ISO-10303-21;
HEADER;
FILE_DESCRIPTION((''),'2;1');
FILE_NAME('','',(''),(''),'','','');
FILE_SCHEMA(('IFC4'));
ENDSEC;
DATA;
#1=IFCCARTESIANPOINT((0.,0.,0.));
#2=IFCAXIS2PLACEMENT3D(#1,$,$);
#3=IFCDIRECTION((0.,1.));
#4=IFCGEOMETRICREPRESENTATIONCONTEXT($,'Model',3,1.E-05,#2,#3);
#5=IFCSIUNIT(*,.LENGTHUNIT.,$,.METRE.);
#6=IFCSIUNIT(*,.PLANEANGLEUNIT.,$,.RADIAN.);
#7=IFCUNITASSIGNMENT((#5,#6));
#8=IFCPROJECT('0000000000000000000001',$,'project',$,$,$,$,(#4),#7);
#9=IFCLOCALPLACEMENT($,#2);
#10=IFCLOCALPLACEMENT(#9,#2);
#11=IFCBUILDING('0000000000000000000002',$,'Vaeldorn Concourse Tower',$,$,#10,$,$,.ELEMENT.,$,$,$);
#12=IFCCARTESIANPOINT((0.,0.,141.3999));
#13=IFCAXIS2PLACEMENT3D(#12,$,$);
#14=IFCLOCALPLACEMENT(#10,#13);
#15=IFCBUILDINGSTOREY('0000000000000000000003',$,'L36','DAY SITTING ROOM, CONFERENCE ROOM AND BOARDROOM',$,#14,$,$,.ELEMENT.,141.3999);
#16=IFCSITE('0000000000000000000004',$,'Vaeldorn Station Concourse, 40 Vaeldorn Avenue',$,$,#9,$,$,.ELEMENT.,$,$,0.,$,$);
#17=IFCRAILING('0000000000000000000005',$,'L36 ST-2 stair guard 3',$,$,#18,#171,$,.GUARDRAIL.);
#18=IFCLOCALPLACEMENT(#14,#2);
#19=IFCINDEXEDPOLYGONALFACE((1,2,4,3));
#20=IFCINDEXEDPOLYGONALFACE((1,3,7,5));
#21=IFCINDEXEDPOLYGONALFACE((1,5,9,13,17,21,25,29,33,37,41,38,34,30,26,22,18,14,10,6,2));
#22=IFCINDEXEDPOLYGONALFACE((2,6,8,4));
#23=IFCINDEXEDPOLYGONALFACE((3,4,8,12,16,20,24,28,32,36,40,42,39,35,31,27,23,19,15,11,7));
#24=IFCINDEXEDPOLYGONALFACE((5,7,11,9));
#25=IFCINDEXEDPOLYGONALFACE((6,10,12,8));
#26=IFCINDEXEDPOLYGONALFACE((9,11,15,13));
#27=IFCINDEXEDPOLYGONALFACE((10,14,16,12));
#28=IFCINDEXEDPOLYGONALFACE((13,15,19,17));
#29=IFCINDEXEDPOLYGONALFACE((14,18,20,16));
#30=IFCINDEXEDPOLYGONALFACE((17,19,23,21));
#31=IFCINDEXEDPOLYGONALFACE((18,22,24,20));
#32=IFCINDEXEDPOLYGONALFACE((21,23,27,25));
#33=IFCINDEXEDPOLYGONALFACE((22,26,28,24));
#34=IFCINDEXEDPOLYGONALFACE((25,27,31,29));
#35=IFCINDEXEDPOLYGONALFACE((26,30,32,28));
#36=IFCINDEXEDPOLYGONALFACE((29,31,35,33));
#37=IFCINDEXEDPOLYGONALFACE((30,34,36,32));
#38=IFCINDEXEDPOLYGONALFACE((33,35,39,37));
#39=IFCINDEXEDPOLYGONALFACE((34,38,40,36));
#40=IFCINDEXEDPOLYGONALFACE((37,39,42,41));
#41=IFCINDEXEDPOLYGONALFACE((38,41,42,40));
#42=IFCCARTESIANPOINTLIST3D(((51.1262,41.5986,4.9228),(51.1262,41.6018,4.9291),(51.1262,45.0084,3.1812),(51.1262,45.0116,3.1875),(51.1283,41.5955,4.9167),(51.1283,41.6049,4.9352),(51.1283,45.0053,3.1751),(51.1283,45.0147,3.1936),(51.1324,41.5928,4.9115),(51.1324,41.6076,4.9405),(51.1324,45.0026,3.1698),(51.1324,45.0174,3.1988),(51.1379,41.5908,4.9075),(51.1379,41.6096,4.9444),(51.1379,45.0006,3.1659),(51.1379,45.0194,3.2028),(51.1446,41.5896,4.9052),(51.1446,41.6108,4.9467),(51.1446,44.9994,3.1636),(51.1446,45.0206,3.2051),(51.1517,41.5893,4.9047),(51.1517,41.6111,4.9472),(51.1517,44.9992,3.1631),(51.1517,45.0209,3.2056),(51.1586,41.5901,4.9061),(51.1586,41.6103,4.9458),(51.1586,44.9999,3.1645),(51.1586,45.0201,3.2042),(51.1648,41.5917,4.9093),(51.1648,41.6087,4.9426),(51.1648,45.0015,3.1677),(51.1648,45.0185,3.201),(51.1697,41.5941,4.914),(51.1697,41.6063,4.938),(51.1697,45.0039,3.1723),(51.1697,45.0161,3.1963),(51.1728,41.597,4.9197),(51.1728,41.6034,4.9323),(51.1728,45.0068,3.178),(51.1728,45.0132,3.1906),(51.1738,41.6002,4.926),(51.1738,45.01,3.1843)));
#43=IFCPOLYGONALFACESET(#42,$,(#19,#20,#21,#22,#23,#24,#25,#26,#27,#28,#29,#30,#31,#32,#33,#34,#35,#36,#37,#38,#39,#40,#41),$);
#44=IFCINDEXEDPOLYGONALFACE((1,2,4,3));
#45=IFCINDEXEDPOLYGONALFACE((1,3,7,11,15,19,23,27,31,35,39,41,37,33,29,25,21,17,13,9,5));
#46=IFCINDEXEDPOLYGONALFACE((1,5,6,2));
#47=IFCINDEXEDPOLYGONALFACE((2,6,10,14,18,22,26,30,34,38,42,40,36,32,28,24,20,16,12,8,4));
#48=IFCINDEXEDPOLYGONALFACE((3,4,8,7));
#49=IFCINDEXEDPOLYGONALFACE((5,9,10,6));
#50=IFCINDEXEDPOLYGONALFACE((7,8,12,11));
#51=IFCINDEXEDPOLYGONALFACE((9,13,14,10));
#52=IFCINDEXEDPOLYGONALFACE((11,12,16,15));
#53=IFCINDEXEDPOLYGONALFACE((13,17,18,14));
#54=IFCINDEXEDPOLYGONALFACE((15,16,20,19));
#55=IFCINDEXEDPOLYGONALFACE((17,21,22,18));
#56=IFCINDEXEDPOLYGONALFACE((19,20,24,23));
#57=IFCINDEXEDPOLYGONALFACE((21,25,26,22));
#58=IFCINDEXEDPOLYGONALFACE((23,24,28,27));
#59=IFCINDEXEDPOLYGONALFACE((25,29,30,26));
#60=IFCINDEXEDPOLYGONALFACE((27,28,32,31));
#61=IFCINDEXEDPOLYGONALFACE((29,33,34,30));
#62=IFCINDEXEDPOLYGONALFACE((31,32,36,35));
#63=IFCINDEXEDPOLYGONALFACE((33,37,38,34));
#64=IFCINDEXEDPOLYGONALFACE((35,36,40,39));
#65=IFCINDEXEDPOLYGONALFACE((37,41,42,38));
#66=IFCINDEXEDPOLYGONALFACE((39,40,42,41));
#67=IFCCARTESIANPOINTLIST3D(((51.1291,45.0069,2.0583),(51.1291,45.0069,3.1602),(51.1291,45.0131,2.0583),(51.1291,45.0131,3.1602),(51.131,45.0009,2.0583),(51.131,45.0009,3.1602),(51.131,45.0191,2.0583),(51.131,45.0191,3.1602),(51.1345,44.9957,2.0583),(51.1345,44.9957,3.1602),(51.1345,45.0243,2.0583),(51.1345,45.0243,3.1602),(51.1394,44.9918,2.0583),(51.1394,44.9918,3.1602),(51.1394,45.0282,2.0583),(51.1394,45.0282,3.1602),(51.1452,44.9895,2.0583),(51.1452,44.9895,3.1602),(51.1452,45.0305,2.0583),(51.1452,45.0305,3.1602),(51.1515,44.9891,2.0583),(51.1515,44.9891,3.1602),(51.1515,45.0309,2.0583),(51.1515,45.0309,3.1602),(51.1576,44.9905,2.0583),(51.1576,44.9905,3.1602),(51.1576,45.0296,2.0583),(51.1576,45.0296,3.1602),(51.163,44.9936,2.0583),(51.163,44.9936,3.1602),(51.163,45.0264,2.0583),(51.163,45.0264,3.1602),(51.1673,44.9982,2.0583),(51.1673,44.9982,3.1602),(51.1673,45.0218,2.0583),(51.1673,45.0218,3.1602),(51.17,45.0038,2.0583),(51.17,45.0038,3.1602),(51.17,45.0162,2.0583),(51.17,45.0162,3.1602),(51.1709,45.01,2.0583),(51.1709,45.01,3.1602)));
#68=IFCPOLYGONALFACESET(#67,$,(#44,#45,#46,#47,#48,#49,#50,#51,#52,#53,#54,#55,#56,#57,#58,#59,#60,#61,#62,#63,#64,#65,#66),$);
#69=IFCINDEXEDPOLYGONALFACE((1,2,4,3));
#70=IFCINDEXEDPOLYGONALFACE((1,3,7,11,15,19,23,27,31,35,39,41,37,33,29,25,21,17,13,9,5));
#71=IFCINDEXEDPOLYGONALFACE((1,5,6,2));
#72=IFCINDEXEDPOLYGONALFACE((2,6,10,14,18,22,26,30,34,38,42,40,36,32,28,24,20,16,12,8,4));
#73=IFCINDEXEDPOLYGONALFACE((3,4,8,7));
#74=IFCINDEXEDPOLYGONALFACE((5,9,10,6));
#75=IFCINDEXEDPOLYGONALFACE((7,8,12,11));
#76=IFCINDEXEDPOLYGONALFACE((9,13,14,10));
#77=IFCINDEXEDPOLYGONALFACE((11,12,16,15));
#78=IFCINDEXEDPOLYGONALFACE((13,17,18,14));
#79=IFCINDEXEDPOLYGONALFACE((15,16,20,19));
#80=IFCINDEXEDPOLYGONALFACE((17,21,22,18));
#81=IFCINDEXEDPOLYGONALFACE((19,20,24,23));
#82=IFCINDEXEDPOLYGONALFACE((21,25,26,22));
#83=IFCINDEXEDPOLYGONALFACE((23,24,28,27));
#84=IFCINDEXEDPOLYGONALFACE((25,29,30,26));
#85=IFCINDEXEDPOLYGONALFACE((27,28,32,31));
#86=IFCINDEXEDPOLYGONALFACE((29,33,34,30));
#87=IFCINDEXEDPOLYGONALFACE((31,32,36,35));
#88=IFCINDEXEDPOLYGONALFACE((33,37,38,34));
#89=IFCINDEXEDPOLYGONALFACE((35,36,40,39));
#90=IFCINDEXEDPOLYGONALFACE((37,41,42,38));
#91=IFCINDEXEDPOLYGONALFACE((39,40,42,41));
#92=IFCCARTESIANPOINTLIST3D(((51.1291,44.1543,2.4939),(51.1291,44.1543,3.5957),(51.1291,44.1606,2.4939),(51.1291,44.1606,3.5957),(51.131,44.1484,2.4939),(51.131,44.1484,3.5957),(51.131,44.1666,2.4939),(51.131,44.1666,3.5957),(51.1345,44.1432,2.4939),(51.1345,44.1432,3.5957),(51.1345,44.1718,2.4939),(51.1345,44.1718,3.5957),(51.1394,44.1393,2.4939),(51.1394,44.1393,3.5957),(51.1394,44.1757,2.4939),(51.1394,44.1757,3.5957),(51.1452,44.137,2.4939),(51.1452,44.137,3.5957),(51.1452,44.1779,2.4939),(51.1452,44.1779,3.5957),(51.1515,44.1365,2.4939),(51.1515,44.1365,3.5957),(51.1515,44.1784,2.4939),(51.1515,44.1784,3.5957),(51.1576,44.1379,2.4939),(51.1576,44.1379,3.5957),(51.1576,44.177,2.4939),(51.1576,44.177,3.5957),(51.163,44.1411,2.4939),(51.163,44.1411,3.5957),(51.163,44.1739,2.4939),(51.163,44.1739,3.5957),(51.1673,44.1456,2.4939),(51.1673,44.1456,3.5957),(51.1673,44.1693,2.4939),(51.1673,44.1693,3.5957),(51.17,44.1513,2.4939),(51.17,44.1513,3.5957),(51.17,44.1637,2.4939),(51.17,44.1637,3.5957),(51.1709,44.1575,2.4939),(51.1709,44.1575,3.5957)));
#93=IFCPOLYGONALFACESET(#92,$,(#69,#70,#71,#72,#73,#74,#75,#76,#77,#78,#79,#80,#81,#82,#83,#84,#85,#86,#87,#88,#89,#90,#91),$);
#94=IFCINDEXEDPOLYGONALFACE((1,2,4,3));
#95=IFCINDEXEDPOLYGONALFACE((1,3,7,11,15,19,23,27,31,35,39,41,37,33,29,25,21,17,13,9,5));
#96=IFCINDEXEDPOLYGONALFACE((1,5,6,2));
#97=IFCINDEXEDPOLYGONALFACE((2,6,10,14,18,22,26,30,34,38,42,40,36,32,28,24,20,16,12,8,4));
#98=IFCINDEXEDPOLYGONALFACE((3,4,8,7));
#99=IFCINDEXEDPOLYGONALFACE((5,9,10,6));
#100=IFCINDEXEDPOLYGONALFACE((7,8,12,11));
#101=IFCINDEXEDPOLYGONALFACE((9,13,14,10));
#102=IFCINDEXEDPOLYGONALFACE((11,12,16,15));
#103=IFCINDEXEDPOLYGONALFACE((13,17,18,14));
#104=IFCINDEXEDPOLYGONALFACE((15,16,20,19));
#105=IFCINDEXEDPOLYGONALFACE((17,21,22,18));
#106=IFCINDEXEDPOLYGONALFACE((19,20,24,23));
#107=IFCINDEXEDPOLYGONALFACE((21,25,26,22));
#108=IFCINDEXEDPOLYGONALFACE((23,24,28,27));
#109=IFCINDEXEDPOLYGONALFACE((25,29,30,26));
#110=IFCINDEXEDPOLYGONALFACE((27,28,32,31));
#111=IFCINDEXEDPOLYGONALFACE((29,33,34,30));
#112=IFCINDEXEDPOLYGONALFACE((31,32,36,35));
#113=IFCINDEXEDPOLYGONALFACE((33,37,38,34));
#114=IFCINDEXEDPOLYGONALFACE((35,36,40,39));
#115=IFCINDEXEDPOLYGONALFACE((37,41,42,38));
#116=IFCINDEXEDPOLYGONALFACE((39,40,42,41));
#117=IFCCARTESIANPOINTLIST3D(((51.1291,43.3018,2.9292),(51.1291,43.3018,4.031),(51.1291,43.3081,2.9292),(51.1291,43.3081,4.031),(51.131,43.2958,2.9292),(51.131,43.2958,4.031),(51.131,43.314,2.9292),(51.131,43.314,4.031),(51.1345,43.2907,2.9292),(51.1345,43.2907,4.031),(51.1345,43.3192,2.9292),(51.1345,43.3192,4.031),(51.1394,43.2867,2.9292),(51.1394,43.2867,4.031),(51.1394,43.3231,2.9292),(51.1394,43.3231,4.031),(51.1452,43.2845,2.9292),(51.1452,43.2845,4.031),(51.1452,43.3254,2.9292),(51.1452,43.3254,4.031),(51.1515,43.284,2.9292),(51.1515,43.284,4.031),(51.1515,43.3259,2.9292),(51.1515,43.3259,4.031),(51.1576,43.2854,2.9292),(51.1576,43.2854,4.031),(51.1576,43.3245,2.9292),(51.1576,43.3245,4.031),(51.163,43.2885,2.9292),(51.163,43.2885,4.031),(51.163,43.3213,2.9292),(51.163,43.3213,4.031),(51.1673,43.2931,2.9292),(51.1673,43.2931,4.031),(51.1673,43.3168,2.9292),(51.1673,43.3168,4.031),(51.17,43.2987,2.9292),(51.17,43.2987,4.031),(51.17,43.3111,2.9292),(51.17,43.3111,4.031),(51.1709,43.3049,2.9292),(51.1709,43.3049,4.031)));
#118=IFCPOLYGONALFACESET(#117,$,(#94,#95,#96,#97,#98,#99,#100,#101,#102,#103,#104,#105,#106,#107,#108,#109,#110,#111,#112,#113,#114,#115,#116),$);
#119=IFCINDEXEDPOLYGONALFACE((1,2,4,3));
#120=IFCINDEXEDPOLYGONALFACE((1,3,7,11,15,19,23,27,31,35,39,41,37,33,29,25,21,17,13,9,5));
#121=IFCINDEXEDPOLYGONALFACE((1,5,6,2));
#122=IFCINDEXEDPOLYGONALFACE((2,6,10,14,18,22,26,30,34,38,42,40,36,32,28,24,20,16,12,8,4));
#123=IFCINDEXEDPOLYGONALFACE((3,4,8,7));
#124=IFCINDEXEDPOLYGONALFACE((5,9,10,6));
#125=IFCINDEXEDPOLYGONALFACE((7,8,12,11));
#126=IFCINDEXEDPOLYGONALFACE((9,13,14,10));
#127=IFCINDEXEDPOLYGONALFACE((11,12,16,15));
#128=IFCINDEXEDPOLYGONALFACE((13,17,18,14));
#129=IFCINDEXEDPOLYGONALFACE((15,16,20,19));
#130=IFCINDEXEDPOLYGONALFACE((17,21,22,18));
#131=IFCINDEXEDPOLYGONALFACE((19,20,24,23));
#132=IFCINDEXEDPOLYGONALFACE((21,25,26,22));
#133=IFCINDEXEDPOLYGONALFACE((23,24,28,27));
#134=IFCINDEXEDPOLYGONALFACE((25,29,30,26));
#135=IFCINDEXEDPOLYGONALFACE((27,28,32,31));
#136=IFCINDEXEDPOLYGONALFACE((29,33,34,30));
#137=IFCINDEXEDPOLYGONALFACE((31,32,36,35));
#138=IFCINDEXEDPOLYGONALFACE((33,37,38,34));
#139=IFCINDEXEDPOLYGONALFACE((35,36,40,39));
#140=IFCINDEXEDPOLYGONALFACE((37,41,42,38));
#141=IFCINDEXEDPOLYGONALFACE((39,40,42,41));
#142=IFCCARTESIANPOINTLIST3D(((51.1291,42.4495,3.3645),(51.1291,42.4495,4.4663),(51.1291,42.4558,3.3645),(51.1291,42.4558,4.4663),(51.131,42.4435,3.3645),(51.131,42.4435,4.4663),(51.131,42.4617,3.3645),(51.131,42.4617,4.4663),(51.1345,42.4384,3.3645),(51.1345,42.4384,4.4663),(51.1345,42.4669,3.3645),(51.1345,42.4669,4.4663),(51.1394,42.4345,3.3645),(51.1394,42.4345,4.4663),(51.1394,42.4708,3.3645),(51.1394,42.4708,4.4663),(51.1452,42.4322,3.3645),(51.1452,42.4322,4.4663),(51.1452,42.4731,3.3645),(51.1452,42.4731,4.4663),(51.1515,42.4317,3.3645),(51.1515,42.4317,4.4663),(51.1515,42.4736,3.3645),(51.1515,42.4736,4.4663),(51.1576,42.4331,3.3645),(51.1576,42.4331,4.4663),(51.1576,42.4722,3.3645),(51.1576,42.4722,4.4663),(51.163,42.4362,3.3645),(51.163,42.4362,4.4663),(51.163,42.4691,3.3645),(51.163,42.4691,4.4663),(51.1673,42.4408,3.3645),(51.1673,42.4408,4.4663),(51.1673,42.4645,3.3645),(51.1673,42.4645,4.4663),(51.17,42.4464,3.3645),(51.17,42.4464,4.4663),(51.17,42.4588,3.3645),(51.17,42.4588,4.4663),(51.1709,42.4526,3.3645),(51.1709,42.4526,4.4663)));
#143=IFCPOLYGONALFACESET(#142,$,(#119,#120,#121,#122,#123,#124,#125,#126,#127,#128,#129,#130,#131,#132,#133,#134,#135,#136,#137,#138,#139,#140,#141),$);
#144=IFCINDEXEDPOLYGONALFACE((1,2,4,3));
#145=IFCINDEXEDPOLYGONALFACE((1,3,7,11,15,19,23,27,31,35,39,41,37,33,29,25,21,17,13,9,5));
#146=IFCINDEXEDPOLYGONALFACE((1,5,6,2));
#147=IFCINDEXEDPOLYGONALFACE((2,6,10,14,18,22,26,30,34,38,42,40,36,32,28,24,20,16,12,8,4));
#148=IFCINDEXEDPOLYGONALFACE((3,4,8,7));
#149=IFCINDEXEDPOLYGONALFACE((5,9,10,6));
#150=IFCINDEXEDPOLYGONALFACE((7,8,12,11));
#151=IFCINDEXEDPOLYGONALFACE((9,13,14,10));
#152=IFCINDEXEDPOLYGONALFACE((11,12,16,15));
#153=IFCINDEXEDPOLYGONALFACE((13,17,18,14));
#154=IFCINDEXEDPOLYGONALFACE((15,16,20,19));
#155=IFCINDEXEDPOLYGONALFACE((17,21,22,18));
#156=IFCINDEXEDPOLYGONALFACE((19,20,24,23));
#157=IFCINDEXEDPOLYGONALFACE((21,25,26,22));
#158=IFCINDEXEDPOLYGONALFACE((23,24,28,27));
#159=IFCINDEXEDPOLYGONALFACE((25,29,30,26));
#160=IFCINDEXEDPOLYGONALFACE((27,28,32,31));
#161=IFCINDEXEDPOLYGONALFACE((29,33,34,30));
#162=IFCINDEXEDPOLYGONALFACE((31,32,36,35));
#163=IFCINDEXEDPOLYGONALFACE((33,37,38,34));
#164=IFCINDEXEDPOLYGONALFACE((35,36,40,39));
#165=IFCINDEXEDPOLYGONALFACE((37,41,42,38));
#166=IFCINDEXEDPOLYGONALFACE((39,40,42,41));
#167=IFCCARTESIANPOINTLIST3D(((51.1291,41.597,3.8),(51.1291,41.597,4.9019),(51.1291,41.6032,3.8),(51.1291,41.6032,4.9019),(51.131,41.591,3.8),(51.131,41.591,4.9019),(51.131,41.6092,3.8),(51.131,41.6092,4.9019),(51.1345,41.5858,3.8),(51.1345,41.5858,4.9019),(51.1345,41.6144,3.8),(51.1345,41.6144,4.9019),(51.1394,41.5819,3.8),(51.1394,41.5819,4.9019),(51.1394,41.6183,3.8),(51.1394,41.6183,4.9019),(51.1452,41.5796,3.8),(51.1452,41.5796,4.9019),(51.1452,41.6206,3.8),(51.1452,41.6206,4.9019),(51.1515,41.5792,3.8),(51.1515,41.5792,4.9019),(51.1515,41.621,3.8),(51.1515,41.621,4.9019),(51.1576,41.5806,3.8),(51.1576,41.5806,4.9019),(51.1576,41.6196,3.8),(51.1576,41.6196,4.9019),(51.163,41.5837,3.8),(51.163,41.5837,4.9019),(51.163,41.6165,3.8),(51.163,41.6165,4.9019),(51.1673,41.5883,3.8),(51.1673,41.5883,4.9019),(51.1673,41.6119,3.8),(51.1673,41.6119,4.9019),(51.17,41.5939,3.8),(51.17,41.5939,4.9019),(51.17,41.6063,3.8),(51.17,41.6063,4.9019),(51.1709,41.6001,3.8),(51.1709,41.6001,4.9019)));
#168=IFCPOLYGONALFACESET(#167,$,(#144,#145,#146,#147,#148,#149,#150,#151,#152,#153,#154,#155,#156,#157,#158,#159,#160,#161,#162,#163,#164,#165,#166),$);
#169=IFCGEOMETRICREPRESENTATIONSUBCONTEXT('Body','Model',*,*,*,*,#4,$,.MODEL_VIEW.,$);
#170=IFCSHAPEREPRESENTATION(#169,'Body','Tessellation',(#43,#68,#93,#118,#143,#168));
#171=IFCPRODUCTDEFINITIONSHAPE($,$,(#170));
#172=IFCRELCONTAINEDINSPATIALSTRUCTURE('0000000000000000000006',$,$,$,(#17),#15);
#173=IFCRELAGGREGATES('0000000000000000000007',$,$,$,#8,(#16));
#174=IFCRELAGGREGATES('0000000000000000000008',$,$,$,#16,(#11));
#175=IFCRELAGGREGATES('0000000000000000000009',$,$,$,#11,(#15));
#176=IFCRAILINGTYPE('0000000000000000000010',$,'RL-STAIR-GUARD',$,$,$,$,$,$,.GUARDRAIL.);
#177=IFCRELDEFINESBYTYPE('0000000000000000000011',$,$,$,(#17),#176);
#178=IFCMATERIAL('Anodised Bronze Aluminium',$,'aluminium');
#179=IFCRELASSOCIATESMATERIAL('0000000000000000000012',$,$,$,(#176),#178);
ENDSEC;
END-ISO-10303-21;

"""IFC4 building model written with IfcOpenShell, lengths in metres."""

from ifc_helpers import new_model, si_unit, direction, frame, origin, origin_2d, place, context, subcontext, project, spatial, circle, extrude, material, type_object, element, save


model = new_model("IFC4")

# Units and contexts
model_context = context("Model", 3, precision=1e-05, world=origin(), true_north=direction((0.0, 1.0)))
body_context = subcontext(model_context, "Body", "Model", "MODEL_VIEW")
ifc_project = project(units=[si_unit("LENGTHUNIT", "METRE"), si_unit("PLANEANGLEUNIT", "RADIAN")], contexts=[model_context])

# Site, building, storey
site_placement = place(None, origin())
site = spatial("IfcSite", under=ifc_project, at=site_placement, Name="Vaeldorn Station Concourse, 40 Vaeldorn Avenue", CompositionType="ELEMENT", RefElevation=0.0)
building_placement = place(site_placement, origin())
building = spatial("IfcBuilding", under=site, at=building_placement, Name="Vaeldorn Concourse Tower", CompositionType="ELEMENT")
storey_placement = place(building_placement, frame((0.0, 0.0, 141.3999)))
storey = spatial("IfcBuildingStorey", under=building, at=storey_placement, Name="L36", Description="DAY SITTING ROOM, CONFERENCE ROOM AND BOARDROOM", CompositionType="ELEMENT", Elevation=141.3999)

# Shared definitions
ifc_material_1 = material(Name="Anodised Bronze Aluminium", Category="aluminium")

# Railing
railing_type_1 = type_object("IfcRailingType", Name="RL-STAIR-GUARD", PredefinedType="GUARDRAIL", material=ifc_material_1)
railing_1_placement = place(storey_placement, frame((51.1499, 45.01, 2.0583)))
element("IfcRailing", 1, at=railing_1_placement, inside=storey, type_object=railing_type_1, Name="L36 ST-2 stair guard 3", PredefinedType="GUARDRAIL", context=body_context, shape_type="SweptSolid", body=[
    extrude(circle(Radius=0.0239, at=origin_2d()), frame((0.0, 0.0, 1.126), z_axis=(0.0, -0.890556, 0.454874), x_axis=(1.0, 0.0, 0.0)), (0.0, 0.0, 1.0), 3.8289),
    extrude(circle(Radius=0.021, at=origin_2d()), origin(), (0.0, 0.0, 1.0), 1.1018),
    extrude(circle(Radius=0.021, at=origin_2d()), frame((0.0, -0.8525, 0.4355)), (0.0, 0.0, 1.0), 1.1018),
    extrude(circle(Radius=0.021, at=origin_2d()), frame((0.0, -1.7051, 0.8708)), (0.0, 0.0, 1.0), 1.1018),
    extrude(circle(Radius=0.021, at=origin_2d()), frame((0.0, -2.5574, 1.3062)), (0.0, 0.0, 1.0), 1.1018),
    extrude(circle(Radius=0.021, at=origin_2d()), frame((0.0, -3.4099, 1.7417)), (0.0, 0.0, 1.0), 1.1018),
])

save(model, "model.ifc")
